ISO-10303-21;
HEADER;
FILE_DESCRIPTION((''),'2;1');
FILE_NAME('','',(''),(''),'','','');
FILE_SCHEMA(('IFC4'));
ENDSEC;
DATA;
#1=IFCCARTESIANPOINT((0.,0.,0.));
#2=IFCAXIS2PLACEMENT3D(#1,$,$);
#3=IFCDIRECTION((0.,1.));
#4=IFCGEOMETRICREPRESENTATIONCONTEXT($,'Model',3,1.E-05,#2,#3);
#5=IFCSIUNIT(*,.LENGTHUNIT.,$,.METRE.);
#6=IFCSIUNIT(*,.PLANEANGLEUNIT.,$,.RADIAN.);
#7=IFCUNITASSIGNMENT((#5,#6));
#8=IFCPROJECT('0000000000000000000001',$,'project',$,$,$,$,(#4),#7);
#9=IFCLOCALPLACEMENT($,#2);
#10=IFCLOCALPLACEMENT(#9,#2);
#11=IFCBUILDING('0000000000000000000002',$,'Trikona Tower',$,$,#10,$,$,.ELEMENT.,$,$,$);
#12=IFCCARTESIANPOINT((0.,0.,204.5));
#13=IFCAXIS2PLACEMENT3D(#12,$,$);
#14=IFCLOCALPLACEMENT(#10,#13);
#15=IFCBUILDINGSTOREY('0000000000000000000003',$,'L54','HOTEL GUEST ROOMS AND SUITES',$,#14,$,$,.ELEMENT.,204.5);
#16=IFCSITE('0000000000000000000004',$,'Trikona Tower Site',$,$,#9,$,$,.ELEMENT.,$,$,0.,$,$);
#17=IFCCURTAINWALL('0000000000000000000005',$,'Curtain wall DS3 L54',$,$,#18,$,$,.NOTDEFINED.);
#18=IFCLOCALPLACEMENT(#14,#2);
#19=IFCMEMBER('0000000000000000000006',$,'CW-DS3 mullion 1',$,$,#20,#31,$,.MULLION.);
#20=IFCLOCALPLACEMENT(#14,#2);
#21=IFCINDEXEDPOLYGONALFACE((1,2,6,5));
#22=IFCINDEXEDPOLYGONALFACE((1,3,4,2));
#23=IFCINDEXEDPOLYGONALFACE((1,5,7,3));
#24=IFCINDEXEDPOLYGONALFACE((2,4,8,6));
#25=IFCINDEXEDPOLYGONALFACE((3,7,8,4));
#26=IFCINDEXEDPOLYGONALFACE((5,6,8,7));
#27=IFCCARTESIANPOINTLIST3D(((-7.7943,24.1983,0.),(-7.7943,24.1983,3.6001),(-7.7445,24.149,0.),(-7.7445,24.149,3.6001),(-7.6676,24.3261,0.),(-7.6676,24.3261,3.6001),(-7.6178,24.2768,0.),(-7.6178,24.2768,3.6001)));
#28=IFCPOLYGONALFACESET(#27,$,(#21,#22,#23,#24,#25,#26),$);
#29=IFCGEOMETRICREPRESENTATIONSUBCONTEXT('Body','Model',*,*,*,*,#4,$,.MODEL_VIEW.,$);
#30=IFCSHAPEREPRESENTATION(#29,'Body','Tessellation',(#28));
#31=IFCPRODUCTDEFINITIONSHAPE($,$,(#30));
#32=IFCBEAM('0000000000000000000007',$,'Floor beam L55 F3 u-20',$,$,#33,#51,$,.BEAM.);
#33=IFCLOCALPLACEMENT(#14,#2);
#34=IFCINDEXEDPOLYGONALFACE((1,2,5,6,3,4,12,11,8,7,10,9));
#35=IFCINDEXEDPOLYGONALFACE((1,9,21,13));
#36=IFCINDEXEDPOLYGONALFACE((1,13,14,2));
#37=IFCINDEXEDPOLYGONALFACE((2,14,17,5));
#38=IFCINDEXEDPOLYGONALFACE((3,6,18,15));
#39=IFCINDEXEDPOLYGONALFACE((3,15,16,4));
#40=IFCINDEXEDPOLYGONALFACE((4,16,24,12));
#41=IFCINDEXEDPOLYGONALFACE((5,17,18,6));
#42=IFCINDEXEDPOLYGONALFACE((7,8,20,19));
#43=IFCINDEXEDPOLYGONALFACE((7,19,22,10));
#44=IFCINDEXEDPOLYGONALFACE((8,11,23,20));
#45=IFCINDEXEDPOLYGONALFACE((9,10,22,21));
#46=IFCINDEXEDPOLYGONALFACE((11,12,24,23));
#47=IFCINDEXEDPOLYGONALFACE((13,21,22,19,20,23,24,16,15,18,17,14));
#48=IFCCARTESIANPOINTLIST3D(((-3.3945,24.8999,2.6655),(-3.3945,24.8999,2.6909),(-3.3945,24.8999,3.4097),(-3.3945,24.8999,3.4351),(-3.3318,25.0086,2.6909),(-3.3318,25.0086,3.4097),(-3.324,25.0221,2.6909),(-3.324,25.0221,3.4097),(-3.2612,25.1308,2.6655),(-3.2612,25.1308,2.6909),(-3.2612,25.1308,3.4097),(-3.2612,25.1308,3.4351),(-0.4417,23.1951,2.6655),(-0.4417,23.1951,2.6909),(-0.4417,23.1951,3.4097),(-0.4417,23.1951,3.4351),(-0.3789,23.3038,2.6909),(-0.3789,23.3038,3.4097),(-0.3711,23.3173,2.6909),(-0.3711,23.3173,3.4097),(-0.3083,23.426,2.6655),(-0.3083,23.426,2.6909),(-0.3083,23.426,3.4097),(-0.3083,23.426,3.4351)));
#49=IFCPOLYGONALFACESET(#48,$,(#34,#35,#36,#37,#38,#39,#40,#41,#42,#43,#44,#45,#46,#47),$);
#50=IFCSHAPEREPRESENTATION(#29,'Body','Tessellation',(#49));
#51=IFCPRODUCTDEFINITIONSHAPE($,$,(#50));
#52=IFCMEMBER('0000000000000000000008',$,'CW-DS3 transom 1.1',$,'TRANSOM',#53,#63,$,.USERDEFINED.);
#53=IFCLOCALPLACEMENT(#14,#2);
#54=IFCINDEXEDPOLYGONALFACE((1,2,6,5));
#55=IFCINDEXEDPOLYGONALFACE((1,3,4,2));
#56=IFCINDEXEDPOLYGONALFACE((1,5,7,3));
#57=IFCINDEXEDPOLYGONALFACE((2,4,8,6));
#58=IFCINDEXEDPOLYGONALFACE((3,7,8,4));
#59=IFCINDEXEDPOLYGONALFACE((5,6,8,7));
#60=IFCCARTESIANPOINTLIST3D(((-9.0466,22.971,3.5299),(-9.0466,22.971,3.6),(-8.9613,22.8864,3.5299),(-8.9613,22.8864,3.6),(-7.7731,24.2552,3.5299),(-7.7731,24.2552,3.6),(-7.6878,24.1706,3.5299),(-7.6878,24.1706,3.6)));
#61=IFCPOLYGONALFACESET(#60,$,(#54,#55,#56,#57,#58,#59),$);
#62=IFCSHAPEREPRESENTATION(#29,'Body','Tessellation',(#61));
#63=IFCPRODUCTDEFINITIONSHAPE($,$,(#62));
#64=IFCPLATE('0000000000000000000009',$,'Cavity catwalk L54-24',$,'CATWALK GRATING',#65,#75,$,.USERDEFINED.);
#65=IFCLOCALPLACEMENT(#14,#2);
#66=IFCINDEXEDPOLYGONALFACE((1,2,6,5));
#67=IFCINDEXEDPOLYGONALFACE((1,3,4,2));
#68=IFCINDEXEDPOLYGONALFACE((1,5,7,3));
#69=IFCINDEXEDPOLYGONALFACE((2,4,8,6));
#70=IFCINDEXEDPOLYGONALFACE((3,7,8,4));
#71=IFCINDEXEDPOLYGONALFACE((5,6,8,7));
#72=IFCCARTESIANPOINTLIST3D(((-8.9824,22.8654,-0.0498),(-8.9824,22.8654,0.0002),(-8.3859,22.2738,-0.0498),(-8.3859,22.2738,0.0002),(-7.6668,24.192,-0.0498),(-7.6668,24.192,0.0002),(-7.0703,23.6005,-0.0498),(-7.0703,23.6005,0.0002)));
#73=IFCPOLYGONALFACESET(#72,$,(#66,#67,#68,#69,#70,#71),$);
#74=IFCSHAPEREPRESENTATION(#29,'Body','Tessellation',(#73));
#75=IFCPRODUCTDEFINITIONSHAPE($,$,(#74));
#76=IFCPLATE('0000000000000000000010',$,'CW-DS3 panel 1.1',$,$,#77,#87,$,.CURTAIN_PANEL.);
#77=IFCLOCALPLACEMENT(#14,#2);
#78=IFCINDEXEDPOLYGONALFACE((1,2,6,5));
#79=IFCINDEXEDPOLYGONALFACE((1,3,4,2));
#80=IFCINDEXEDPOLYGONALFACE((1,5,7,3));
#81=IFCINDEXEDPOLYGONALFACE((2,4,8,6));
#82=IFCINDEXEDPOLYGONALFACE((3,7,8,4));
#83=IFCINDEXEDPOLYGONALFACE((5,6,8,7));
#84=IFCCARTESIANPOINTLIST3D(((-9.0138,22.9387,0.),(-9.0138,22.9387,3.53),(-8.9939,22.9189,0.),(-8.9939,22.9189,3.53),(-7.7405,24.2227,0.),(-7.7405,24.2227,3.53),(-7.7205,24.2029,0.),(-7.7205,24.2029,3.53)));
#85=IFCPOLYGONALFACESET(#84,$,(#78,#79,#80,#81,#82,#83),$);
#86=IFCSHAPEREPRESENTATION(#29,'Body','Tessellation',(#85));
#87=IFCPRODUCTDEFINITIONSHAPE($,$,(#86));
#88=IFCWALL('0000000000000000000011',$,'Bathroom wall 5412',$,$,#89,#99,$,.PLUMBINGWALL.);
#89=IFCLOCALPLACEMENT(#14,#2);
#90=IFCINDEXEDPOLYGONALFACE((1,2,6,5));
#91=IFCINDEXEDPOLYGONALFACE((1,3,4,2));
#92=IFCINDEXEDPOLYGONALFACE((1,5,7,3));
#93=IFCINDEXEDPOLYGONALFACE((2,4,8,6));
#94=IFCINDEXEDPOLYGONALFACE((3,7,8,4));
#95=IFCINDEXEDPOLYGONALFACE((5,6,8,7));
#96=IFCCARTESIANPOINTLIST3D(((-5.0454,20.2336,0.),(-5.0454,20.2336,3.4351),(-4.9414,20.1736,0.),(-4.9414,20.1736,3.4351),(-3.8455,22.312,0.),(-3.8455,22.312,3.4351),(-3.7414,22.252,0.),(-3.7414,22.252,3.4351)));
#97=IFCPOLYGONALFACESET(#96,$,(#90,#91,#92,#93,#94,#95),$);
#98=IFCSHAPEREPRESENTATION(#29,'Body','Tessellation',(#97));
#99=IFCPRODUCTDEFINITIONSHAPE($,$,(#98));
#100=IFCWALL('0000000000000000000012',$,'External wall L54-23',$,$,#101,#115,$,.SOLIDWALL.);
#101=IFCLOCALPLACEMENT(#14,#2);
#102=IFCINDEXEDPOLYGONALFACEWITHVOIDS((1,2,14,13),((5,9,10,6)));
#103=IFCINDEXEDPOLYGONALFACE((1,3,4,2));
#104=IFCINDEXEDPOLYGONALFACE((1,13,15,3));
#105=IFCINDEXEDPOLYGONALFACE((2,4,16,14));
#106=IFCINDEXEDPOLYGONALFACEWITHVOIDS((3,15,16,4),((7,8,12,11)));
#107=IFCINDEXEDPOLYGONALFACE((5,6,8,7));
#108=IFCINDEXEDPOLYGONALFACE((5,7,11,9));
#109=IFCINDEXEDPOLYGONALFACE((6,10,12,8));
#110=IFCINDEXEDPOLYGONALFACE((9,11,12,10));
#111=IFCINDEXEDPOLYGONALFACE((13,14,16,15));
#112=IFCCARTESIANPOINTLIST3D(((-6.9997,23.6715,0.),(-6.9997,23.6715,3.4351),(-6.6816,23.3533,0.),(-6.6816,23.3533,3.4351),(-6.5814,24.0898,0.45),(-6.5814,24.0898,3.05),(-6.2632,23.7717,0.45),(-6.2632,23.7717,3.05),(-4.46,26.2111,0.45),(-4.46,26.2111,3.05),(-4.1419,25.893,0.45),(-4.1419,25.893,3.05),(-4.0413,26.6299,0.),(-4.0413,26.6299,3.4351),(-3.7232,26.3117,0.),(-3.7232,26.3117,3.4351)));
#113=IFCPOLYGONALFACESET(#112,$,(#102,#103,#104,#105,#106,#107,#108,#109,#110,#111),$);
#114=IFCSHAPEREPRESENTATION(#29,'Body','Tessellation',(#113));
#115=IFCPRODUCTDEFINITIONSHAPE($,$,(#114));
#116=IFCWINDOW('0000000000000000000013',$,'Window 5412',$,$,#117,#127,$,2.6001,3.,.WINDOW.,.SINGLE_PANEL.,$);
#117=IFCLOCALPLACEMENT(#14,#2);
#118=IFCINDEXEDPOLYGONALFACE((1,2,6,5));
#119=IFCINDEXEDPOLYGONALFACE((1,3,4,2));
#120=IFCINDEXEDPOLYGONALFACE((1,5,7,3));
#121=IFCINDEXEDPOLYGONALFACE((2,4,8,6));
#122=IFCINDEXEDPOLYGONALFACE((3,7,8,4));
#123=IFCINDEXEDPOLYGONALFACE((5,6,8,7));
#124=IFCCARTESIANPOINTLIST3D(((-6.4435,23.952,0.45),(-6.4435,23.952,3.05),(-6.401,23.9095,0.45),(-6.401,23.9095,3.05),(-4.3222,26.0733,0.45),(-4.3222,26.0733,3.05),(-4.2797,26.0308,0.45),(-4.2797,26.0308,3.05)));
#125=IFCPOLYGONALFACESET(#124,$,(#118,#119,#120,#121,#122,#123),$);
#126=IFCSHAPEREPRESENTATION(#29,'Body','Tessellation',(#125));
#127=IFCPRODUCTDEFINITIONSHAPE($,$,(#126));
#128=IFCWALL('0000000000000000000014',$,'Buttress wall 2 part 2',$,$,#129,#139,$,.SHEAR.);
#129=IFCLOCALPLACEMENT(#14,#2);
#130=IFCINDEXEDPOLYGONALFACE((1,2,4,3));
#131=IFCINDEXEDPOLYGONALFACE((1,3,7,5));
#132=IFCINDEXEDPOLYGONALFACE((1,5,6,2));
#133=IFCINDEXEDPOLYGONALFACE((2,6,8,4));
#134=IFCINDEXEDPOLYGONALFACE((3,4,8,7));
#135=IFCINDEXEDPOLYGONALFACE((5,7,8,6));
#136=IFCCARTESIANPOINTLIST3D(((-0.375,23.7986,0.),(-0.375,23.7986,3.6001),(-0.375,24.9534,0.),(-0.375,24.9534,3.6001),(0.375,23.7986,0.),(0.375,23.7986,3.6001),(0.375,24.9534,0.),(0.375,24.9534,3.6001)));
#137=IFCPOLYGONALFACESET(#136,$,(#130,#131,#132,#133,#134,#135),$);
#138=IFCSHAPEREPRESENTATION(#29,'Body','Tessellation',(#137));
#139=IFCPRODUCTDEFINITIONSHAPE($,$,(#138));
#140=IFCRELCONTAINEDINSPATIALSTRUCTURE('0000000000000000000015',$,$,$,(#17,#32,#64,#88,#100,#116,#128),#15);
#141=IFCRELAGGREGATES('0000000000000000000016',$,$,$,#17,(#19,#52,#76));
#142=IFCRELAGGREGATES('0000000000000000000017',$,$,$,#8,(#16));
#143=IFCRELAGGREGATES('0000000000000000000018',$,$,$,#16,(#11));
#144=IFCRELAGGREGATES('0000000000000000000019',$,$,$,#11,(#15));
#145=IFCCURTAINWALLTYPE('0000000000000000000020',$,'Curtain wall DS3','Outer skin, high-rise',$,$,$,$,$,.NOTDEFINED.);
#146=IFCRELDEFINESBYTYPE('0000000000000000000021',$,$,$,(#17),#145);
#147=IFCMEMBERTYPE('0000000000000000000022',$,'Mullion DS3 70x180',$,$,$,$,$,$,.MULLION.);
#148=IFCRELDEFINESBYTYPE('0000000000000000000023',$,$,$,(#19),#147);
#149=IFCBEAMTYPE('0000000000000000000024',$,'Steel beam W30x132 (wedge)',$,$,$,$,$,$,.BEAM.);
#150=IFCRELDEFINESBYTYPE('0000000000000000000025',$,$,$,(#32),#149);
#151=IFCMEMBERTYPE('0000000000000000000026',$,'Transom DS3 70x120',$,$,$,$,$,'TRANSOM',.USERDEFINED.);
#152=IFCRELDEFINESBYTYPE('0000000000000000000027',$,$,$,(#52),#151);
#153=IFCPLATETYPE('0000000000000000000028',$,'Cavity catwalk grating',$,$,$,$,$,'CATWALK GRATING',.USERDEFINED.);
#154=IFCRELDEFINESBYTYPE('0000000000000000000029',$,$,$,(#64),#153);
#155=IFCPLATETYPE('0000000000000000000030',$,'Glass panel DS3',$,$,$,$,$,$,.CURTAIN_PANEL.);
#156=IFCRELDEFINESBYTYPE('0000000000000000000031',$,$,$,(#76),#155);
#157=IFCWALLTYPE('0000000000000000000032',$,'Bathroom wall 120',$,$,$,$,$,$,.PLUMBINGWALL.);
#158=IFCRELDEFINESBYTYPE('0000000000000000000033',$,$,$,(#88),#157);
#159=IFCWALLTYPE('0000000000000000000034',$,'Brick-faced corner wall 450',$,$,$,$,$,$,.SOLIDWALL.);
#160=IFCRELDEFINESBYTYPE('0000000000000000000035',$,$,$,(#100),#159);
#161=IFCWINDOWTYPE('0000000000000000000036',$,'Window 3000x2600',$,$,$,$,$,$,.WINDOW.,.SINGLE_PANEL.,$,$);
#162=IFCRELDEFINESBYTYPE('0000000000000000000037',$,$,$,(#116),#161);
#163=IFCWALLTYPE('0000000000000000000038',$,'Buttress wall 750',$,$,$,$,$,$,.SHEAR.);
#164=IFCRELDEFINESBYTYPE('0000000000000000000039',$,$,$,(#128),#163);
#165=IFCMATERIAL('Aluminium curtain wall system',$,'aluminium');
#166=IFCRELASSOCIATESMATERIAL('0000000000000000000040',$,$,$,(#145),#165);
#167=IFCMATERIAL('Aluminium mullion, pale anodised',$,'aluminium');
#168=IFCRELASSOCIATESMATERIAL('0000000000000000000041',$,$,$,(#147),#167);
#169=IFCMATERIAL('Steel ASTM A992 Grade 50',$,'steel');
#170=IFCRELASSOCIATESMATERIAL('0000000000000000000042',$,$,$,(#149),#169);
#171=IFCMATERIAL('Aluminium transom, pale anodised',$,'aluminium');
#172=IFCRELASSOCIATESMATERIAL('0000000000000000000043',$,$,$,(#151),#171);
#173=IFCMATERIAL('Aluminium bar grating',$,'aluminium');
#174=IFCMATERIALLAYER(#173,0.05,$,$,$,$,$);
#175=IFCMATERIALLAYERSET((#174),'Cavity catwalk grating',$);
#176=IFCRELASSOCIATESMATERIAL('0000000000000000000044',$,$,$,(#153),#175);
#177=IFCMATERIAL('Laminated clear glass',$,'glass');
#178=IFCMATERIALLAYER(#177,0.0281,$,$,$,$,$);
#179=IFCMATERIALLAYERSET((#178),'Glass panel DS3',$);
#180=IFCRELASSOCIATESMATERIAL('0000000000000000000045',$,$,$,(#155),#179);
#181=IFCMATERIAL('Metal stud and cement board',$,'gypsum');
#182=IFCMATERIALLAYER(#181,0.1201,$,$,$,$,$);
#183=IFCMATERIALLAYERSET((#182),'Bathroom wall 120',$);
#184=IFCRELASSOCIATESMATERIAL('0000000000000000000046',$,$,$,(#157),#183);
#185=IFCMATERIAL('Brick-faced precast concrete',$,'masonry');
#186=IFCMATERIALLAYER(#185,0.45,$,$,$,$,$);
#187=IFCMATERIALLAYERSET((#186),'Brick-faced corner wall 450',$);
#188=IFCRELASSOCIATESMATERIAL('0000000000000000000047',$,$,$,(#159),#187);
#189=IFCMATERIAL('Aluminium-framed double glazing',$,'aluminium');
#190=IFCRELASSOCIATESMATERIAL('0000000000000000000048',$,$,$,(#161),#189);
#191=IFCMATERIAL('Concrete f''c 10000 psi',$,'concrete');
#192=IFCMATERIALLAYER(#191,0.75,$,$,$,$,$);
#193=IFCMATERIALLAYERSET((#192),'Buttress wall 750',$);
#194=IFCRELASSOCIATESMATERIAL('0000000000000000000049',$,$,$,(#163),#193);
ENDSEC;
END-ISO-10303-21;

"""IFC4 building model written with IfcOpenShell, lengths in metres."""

from ifc_helpers import new_model, si_unit, direction, frame, frame_2d, origin, origin_2d, place, context, subcontext, project, spatial, rectangle, i_section, extrude, material, layer, layer_set, material_profile, profile_set, type_object, element, fill, aggregate, save


model = new_model("IFC4")

# Units and contexts
model_context = context("Model", 3, precision=1e-05, world=origin(), true_north=direction((0.0, 1.0)))
body_context = subcontext(model_context, "Body", "Model", "MODEL_VIEW")
ifc_project = project(units=[si_unit("LENGTHUNIT", "METRE"), si_unit("PLANEANGLEUNIT", "RADIAN")], contexts=[model_context])

# Site, building, storey
site_placement = place(None, origin())
site = spatial("IfcSite", under=ifc_project, at=site_placement, Name="Trikona Tower Site", CompositionType="ELEMENT", RefElevation=0.0)
building_placement = place(site_placement, origin())
building = spatial("IfcBuilding", under=site, at=building_placement, Name="Trikona Tower", CompositionType="ELEMENT")
storey_placement = place(building_placement, frame((0.0, 0.0, 204.5)))
storey = spatial("IfcBuildingStorey", under=building, at=storey_placement, Name="L54", Description="HOTEL GUEST ROOMS AND SUITES", CompositionType="ELEMENT", Elevation=204.5)

# Curtain wall, member
ifc_material_1 = material(Name="Aluminium curtain wall system", Category="aluminium")
curtain_wall_type = type_object("IfcCurtainWallType", Name="Curtain wall DS3", Description="Outer skin, high-rise", PredefinedType="NOTDEFINED", material=ifc_material_1)
curtain_wall_placement = place(storey_placement, origin())
curtain_wall = element("IfcCurtainWall", 1, at=curtain_wall_placement, inside=storey, type_object=curtain_wall_type, Name="Curtain wall DS3 L54", PredefinedType="NOTDEFINED")
ifc_material_2 = material(Name="Aluminium mullion, pale anodised", Category="aluminium")
ifc_material_profile_1 = material_profile(ifc_material_2, rectangle(XDim=0.0701, YDim=0.1799, at=origin_2d()), Name="MUL-DS3")
ifc_profile_set_1 = profile_set([ifc_material_profile_1], Name="Aluminium mullion, pale anodised")
member_type_1 = type_object("IfcMemberType", Name="Mullion DS3 70x180", PredefinedType="MULLION", material=ifc_profile_set_1)
member_1_placement = place(storey_placement, frame((-7.7061, 24.2375, 0.0), z_axis=(0.0, 0.0, 1.0), x_axis=(0.710052, -0.704149, 0.0)))
member_1 = element("IfcMember", 2, at=member_1_placement, type_object=member_type_1, Name="CW-DS3 mullion 1", PredefinedType="MULLION", context=body_context, shape_type="SweptSolid", body=[
    extrude(rectangle(XDim=0.0701, YDim=0.1799, at=origin_2d()), origin(), (0.0, 0.0, 1.0), 3.6001),
])

# Beam
ifc_material_3 = material(Name="Steel ASTM A992 Grade 50", Category="steel")
ifc_material_profile_2 = material_profile(ifc_material_3, i_section(OverallWidth=0.2666, OverallDepth=0.7695, WebThickness=0.0156, FlangeThickness=0.0254, at=origin_2d()), Name="W30X132")
ifc_profile_set_2 = profile_set([ifc_material_profile_2], Name="Steel ASTM A992 Grade 50")
beam_type = type_object("IfcBeamType", Name="Steel beam W30x132 (wedge)", PredefinedType="BEAM", material=ifc_profile_set_2)
beam_placement = place(storey_placement, frame((-0.375, 23.3105, 3.0503), z_axis=(-0.866027, 0.499997, 0.0), x_axis=(-0.499997, -0.866027, 0.0)))
element("IfcBeam", 3, at=beam_placement, inside=storey, type_object=beam_type, Name="Floor beam L55 F3 u-20", PredefinedType="BEAM", context=body_context, shape_type="SweptSolid", body=[
    extrude(i_section(OverallWidth=0.2666, OverallDepth=0.7695, WebThickness=0.0156, FlangeThickness=0.0254, at=origin_2d()), origin(), (0.0, 0.0, 1.0), 3.4097),
])

# Member
ifc_material_4 = material(Name="Aluminium transom, pale anodised", Category="aluminium")
ifc_material_profile_3 = material_profile(ifc_material_4, rectangle(XDim=0.1201, YDim=0.0701, at=origin_2d()), Name="TRN-DS3")
ifc_profile_set_3 = profile_set([ifc_material_profile_3], Name="Aluminium transom, pale anodised")
member_type_2 = type_object("IfcMemberType", Name="Transom DS3 70x120", ElementType="TRANSOM", PredefinedType="USERDEFINED", material=ifc_profile_set_3)
member_2_placement = place(storey_placement, frame((-7.7305, 24.2129, 3.5649), z_axis=(-0.704131, -0.71007, 0.0), x_axis=(0.71007, -0.704131, 0.0)))
member_2 = element("IfcMember", 4, at=member_2_placement, type_object=member_type_2, Name="CW-DS3 transom 1.1", ObjectType="TRANSOM", PredefinedType="USERDEFINED", context=body_context, shape_type="SweptSolid", body=[
    extrude(rectangle(XDim=0.1201, YDim=0.0701, at=origin_2d()), origin(), (0.0, 0.0, 1.0), 1.8086),
])

# Plates
ifc_material_5 = material(Name="Aluminium bar grating", Category="aluminium")
ifc_layer_1 = layer(ifc_material_5, 0.05)
ifc_layer_set_1 = layer_set([ifc_layer_1], Name="Cavity catwalk grating")
plate_type_1 = type_object("IfcPlateType", Name="Cavity catwalk grating", ElementType="CATWALK GRATING", PredefinedType="USERDEFINED", material=ifc_layer_set_1)
plate_1_placement = place(storey_placement, frame((-8.0264, 23.2329, -0.0498), z_axis=(0.0, 0.0, 1.0), x_axis=(-0.704151, -0.71005, 0.0)))
element("IfcPlate", 5, at=plate_1_placement, inside=storey, type_object=plate_type_1, Name="Cavity catwalk L54-24", ObjectType="CATWALK GRATING", PredefinedType="USERDEFINED", context=body_context, shape_type="SweptSolid", body=[
    extrude(rectangle(XDim=1.8684, YDim=0.8401, at=origin_2d()), origin(), (0.0, 0.0, 1.0), 0.05),
])
ifc_material_6 = material(Name="Laminated clear glass", Category="glass")
ifc_layer_2 = layer(ifc_material_6, 0.0281)
ifc_layer_set_2 = layer_set([ifc_layer_2], Name="Glass panel DS3")
plate_type_2 = type_object("IfcPlateType", Name="Glass panel DS3", PredefinedType="CURTAIN_PANEL", material=ifc_layer_set_2)
plate_2_placement = place(storey_placement, frame((-8.3672, 23.5708, 0.0), z_axis=(0.0, 0.0, 1.0), x_axis=(-0.704149, -0.710052, 0.0)))
plate_2 = element("IfcPlate", 6, at=plate_2_placement, type_object=plate_type_2, Name="CW-DS3 panel 1.1", PredefinedType="CURTAIN_PANEL", context=body_context, shape_type="SweptSolid", body=[
    extrude(rectangle(XDim=1.8083, YDim=0.0281, at=origin_2d()), origin(), (0.0, 0.0, 1.0), 3.53),
])
aggregate(curtain_wall, [member_1, member_2, plate_2])

# Wall
ifc_material_7 = material(Name="Metal stud and cement board", Category="gypsum")
ifc_layer_3 = layer(ifc_material_7, 0.1201)
ifc_layer_set_3 = layer_set([ifc_layer_3], Name="Bathroom wall 120")
wall_type_1 = type_object("IfcWallType", Name="Bathroom wall 120", PredefinedType="PLUMBINGWALL", material=ifc_layer_set_3)
wall_1_placement = place(storey_placement, frame((-3.7935, 22.282, 0.0), z_axis=(0.0, 0.0, 1.0), x_axis=(-0.500001, -0.866025, 0.0)))
element("IfcWall", 7, at=wall_1_placement, inside=storey, type_object=wall_type_1, Name="Bathroom wall 5412", PredefinedType="PLUMBINGWALL", context=body_context, shape_type="SweptSolid", body=[
    extrude(rectangle(XDim=2.3999, YDim=0.1201, at=frame_2d((1.2, 0.0))), origin(), (0.0, 0.0, 1.0), 3.4351),
])

# Wall, opening, window
ifc_material_8 = material(Name="Brick-faced precast concrete", Category="masonry")
ifc_layer_4 = layer(ifc_material_8, 0.45)
ifc_layer_set_4 = layer_set([ifc_layer_4], Name="Brick-faced corner wall 450")
wall_type_2 = type_object("IfcWallType", Name="Brick-faced corner wall 450", PredefinedType="SOLIDWALL", material=ifc_layer_set_4)
wall_2_placement = place(storey_placement, frame((-3.8823, 26.4707, 0.0), z_axis=(0.0, 0.0, 1.0), x_axis=(-0.707107, -0.707107, 0.0)))
wall_2 = element("IfcWall", 8, at=wall_2_placement, inside=storey, type_object=wall_type_2, Name="External wall L54-23", PredefinedType="SOLIDWALL", context=body_context, shape_type="SweptSolid", body=[
    extrude(rectangle(XDim=4.1838, YDim=0.45, at=frame_2d((2.0918, 0.0))), origin(), (0.0, 0.0, 1.0), 3.4351),
])
opening_1_placement = place(wall_2_placement, frame((0.592, 0.0, 0.45)))
opening_1 = element("IfcOpeningElement", 9, at=opening_1_placement, cuts=wall_2, PredefinedType="OPENING", context=body_context, shape_type="SweptSolid", body=[
    extrude(rectangle(XDim=3.0, YDim=2.6001, at=frame_2d((1.5, 1.3))), frame((0.0, 0.2349, 0.0), z_axis=(0.0, -1.0, 0.0), x_axis=(1.0, 0.0, 0.0)), (0.0, 0.0, 1.0), 0.47),
])
ifc_material_9 = material(Name="Aluminium-framed double glazing", Category="aluminium")
window_type_1 = type_object("IfcWindowType", Name="Window 3000x2600", PartitioningType="SINGLE_PANEL", PredefinedType="WINDOW", material=ifc_material_9)
window_1_placement = place(opening_1_placement, origin())
window_1 = element("IfcWindow", 10, at=window_1_placement, inside=storey, type_object=window_type_1, Name="Window 5412", OverallHeight=2.6001, OverallWidth=3.0, PartitioningType="SINGLE_PANEL", PredefinedType="WINDOW", context=body_context, shape_type="SweptSolid", body=[
    extrude(rectangle(XDim=3.0, YDim=2.6001, at=frame_2d((1.5, 1.3))), frame((0.0, 0.03, 0.0), z_axis=(0.0, -1.0, 0.0), x_axis=(1.0, 0.0, 0.0)), (0.0, 0.0, 1.0), 0.0601),
])
fill(opening_1, window_1)

# Wall
ifc_material_10 = material(Name="Concrete f'c 10000 psi", Category="concrete")
ifc_layer_5 = layer(ifc_material_10, 0.75)
ifc_layer_set_5 = layer_set([ifc_layer_5], Name="Buttress wall 750")
wall_type_3 = type_object("IfcWallType", Name="Buttress wall 750", PredefinedType="SHEAR", material=ifc_layer_set_5)
wall_3_placement = place(storey_placement, frame((0.0, 23.7986, 0.0), z_axis=(0.0, 0.0, 1.0), x_axis=(0.0, 1.0, 0.0)))
element("IfcWall", 11, at=wall_3_placement, inside=storey, type_object=wall_type_3, Name="Buttress wall 2 part 2", PredefinedType="SHEAR", context=body_context, shape_type="SweptSolid", body=[
    extrude(rectangle(XDim=1.1548, YDim=0.75, at=frame_2d((0.5774, 0.0))), origin(), (0.0, 0.0, 1.0), 3.6001),
])

save(model, "model.ifc")
